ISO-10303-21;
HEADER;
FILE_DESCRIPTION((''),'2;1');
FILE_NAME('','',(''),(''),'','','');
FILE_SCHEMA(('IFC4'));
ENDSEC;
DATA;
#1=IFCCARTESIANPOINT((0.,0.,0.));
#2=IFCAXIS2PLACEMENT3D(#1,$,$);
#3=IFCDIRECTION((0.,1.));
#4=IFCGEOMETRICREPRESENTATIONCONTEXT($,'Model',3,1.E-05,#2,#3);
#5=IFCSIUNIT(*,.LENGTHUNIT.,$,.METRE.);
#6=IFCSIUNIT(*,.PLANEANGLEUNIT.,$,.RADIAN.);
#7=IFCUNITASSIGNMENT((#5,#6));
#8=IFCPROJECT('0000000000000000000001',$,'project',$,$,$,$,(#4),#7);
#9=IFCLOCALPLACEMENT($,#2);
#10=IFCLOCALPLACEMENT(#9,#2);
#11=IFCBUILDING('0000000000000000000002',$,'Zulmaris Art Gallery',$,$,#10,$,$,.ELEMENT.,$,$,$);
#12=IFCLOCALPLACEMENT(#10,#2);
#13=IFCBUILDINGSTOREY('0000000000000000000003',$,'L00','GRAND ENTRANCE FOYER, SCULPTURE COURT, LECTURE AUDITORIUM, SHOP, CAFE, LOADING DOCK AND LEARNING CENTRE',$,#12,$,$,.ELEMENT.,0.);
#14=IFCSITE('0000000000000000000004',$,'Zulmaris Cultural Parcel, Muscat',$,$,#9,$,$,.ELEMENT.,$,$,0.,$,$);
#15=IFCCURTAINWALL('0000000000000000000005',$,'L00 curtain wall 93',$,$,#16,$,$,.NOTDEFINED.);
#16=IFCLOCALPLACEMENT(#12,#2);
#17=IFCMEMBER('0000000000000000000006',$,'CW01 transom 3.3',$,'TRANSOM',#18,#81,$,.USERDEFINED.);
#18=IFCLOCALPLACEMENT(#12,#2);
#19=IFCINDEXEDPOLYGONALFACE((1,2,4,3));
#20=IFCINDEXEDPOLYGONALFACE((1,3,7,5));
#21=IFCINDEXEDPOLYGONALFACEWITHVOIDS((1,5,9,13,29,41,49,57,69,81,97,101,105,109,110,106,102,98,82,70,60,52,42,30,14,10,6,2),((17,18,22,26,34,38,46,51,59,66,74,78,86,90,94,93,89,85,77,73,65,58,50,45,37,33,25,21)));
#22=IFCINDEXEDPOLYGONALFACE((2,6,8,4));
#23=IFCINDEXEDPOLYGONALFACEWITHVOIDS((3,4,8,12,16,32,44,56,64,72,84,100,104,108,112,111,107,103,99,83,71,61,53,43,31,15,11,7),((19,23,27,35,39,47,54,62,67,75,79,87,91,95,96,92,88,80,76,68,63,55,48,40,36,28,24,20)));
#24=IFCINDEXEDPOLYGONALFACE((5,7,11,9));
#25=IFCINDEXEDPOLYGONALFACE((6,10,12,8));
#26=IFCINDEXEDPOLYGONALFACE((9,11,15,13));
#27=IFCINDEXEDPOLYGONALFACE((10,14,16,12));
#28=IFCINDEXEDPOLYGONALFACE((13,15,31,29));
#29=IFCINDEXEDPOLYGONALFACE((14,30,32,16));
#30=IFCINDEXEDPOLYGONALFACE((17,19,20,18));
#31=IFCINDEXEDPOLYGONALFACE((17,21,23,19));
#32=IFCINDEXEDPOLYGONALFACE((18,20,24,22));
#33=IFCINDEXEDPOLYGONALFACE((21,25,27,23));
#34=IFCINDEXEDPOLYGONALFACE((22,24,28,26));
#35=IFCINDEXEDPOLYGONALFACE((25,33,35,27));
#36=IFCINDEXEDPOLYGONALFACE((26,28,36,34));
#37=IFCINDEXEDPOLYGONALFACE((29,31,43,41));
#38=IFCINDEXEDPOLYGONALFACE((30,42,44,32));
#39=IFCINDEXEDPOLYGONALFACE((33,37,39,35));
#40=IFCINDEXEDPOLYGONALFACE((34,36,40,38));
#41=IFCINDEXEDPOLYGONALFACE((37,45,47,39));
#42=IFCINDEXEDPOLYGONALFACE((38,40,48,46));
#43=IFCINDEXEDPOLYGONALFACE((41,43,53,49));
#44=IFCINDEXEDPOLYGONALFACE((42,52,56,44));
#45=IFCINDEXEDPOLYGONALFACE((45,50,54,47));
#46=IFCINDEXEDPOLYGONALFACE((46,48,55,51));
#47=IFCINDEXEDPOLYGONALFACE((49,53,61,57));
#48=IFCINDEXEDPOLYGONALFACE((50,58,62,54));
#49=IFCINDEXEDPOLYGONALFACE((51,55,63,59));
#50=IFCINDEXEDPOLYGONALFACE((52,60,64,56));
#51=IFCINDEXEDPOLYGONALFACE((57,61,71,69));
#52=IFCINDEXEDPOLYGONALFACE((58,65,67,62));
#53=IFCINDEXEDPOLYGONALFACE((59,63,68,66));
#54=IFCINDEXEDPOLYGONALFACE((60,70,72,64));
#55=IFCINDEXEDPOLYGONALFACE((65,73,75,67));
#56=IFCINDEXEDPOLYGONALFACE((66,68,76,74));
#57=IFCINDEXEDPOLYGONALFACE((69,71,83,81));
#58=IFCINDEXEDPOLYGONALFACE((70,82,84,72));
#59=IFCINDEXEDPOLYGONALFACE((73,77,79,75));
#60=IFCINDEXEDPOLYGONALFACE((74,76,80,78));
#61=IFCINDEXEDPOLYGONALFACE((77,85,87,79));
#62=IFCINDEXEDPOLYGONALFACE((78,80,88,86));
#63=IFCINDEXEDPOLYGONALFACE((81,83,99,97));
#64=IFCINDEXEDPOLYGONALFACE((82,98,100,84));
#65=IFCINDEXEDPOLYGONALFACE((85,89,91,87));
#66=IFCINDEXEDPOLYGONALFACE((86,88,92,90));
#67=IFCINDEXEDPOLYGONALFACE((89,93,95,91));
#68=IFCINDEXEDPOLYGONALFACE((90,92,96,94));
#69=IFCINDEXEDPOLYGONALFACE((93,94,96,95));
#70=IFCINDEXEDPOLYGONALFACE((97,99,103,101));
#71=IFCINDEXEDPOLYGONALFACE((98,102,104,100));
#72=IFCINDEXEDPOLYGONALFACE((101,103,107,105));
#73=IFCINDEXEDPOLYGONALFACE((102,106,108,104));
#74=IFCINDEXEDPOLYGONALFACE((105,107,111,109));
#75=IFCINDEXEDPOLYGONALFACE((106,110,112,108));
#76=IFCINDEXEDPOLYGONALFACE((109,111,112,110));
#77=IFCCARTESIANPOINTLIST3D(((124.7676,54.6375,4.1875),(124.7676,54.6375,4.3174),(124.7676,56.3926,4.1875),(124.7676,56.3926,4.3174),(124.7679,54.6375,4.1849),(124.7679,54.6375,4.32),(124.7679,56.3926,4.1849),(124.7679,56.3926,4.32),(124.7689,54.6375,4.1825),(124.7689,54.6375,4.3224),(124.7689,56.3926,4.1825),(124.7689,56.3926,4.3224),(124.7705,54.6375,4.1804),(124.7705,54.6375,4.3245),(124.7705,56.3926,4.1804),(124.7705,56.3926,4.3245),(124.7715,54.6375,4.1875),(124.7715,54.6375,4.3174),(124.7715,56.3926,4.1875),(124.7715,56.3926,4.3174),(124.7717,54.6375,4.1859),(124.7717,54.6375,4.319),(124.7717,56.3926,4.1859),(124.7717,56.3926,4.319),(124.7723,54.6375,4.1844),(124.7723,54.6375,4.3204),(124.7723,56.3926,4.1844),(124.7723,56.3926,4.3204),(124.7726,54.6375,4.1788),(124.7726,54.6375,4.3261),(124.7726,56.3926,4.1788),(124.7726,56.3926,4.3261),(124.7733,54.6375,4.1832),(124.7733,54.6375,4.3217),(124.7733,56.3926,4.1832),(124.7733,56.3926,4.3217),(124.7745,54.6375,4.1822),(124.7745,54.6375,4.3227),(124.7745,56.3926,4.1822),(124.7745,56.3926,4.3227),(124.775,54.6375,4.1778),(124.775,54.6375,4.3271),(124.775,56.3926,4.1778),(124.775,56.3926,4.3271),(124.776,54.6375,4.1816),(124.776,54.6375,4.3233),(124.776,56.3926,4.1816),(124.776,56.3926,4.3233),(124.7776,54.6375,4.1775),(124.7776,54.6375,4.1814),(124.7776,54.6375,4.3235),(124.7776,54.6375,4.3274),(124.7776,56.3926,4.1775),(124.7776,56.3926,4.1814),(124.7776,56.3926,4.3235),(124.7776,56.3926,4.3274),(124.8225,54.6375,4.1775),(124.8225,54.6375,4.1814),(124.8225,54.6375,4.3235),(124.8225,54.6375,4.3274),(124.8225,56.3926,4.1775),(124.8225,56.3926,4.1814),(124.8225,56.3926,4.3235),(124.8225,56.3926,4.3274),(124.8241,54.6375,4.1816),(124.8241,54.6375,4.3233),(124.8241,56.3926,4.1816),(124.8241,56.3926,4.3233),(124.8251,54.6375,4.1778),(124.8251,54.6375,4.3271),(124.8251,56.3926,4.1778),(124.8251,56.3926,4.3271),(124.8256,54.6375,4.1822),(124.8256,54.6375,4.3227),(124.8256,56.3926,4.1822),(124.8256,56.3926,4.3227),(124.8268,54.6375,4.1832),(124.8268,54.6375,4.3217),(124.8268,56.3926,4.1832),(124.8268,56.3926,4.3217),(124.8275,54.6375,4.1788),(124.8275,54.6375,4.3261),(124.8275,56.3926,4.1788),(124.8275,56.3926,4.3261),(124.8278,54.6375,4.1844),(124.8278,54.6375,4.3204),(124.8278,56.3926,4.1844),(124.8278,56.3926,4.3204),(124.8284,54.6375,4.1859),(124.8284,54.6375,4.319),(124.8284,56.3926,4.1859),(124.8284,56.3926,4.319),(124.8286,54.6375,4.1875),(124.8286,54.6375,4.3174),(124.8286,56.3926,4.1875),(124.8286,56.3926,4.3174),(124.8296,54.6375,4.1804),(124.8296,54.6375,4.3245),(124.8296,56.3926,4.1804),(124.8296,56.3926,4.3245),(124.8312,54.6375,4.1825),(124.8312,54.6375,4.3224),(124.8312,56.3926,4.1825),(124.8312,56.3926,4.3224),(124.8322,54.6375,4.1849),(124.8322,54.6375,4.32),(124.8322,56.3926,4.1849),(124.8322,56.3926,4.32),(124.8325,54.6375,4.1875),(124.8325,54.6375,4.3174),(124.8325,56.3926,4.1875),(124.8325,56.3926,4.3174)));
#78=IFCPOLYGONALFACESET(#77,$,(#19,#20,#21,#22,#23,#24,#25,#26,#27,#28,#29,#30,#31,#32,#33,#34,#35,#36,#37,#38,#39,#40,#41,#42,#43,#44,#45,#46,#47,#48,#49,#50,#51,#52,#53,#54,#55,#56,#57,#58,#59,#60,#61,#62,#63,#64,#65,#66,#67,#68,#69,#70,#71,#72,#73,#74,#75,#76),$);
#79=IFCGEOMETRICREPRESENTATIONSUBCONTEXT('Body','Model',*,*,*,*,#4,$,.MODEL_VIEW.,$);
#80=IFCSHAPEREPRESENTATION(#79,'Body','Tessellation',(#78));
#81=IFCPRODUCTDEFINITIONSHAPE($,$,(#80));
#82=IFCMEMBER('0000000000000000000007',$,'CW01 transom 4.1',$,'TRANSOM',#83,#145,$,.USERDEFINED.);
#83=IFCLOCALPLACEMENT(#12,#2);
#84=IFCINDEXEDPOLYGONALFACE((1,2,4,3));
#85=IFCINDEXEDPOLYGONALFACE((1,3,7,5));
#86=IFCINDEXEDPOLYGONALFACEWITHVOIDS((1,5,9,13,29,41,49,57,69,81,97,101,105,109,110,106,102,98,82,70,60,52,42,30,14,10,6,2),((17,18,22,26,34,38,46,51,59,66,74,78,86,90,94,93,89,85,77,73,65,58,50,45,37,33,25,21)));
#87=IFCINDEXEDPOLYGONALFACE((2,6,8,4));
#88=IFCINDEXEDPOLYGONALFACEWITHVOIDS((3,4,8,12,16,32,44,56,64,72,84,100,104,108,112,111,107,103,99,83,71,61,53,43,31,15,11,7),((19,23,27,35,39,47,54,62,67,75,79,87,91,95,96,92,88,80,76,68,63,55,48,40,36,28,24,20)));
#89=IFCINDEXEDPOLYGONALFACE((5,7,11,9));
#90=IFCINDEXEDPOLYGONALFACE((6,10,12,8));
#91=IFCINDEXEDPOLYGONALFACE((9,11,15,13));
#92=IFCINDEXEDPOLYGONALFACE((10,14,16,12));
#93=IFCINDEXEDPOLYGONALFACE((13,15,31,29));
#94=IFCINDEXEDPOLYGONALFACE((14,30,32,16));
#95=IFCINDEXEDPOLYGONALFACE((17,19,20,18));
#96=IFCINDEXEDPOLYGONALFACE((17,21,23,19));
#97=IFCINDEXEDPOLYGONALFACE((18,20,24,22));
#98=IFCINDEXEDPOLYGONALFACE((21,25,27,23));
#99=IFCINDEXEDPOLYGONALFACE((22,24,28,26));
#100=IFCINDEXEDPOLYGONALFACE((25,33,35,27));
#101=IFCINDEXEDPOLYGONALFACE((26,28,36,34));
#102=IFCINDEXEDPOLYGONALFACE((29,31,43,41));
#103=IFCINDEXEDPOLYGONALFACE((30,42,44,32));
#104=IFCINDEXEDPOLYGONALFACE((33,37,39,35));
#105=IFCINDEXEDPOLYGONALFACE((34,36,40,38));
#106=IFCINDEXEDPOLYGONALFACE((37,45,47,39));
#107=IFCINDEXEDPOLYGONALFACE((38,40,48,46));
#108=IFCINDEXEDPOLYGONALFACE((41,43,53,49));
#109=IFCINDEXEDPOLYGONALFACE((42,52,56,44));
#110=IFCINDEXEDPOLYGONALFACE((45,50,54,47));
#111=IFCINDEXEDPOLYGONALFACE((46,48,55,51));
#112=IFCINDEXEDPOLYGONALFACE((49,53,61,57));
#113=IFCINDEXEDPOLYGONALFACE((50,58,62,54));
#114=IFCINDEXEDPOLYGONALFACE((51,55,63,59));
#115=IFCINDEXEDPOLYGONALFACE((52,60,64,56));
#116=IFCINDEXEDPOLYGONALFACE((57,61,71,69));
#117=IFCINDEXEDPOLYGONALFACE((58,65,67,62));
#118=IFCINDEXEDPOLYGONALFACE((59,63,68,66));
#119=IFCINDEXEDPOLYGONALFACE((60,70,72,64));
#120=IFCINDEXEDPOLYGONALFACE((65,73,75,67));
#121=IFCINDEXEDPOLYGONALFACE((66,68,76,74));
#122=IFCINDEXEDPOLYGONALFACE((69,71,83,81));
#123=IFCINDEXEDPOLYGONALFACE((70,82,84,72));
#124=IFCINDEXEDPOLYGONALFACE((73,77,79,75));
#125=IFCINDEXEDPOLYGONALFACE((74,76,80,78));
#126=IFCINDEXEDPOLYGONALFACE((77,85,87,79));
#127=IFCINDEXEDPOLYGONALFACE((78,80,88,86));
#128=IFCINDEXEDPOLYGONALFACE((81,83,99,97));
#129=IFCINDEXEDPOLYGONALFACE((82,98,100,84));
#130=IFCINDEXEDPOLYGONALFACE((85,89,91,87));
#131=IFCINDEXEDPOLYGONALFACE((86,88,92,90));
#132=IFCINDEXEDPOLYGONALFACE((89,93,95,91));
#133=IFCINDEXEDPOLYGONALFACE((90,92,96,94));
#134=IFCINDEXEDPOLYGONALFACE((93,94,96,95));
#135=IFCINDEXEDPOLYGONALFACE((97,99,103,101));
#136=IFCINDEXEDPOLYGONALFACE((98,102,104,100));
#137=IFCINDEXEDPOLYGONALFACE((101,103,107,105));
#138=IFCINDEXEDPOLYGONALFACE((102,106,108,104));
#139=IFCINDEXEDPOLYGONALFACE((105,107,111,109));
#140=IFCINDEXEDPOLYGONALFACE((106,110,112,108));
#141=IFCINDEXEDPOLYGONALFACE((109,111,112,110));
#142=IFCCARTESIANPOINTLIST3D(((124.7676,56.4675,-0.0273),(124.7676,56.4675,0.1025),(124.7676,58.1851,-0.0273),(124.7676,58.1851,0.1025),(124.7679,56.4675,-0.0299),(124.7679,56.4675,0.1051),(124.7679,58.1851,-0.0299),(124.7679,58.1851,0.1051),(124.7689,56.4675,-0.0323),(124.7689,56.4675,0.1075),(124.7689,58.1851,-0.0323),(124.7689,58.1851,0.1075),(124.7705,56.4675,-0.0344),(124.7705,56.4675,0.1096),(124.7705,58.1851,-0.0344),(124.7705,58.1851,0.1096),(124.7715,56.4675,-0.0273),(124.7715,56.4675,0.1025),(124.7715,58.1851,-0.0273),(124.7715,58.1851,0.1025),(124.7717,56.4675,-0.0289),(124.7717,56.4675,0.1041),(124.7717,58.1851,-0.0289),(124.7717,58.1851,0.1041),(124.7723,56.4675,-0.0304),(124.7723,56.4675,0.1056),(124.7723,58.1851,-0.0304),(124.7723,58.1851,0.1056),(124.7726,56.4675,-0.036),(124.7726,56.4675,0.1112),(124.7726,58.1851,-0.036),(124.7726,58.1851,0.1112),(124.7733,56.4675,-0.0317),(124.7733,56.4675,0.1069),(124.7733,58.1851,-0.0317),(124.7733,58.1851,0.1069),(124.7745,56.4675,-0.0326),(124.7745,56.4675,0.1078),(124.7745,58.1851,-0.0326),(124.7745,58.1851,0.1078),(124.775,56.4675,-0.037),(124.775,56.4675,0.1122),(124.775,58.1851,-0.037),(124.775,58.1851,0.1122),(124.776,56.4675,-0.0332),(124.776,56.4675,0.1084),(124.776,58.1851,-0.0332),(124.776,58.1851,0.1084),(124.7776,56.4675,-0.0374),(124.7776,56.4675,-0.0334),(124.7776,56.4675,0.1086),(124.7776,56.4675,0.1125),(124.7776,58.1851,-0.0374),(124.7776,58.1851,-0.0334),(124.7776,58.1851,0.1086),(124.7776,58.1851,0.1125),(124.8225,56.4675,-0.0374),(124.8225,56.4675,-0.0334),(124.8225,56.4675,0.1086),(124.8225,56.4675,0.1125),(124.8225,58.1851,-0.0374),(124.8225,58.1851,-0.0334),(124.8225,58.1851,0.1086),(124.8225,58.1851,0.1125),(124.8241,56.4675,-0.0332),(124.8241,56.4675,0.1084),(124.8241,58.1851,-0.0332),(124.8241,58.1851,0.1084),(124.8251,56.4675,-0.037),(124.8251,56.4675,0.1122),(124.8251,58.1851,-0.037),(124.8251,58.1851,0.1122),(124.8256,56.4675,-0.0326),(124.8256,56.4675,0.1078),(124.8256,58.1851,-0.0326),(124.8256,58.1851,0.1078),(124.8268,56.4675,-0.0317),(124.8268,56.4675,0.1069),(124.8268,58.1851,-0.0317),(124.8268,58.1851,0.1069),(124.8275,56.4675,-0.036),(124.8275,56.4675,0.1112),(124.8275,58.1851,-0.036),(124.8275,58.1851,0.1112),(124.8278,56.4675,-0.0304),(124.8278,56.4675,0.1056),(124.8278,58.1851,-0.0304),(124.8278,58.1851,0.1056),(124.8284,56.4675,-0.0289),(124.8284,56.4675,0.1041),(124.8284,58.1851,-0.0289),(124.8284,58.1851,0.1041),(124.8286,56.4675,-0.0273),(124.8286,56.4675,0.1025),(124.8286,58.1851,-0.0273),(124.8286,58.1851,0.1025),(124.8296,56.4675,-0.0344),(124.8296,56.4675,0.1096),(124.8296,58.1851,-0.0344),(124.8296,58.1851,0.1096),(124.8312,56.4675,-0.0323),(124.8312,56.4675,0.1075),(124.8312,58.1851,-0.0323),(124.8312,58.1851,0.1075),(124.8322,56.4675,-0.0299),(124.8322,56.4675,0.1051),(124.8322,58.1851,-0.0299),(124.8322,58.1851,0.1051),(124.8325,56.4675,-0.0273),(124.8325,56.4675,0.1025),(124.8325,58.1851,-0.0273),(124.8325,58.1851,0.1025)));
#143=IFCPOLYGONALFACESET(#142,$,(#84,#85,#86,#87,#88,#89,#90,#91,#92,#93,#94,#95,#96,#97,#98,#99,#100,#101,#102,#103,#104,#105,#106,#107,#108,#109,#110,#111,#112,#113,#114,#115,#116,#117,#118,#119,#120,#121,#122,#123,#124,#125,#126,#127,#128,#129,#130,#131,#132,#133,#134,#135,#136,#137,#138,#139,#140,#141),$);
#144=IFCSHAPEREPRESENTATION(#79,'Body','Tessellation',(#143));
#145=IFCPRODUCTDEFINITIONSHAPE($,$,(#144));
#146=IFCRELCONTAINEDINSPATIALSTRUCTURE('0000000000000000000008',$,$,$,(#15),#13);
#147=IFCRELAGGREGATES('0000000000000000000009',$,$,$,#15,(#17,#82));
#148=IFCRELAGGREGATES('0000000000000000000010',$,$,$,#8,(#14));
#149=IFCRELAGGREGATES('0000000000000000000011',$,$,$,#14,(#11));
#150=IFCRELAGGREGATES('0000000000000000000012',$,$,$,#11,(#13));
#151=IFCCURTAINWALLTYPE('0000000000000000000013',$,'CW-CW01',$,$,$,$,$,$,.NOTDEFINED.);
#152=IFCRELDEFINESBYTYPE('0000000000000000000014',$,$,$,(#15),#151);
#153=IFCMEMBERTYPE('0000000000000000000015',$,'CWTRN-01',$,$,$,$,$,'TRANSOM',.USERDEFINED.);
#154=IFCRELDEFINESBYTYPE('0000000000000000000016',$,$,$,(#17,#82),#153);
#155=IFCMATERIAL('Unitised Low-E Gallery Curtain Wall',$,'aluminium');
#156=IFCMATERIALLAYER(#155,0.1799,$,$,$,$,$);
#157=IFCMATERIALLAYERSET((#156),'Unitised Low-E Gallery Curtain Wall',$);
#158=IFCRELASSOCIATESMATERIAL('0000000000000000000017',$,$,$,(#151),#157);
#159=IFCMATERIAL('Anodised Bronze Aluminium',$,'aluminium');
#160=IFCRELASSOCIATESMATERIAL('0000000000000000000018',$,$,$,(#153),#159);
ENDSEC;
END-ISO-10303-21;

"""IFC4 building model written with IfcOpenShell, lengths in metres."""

from ifc_helpers import new_model, si_unit, direction, frame, origin, origin_2d, place, context, subcontext, project, spatial, hollow_rectangle, extrude, material, layer, layer_set, material_profile, profile_set, type_object, element, aggregate, save


model = new_model("IFC4")

# Units and contexts
model_context = context("Model", 3, precision=1e-05, world=origin(), true_north=direction((0.0, 1.0)))
body_context = subcontext(model_context, "Body", "Model", "MODEL_VIEW")
ifc_project = project(units=[si_unit("LENGTHUNIT", "METRE"), si_unit("PLANEANGLEUNIT", "RADIAN")], contexts=[model_context])

# Site, building, storey
site_placement = place(None, origin())
site = spatial("IfcSite", under=ifc_project, at=site_placement, Name="Zulmaris Cultural Parcel, Muscat", CompositionType="ELEMENT", RefElevation=0.0)
building_placement = place(site_placement, origin())
building = spatial("IfcBuilding", under=site, at=building_placement, Name="Zulmaris Art Gallery", CompositionType="ELEMENT")
storey_placement = place(building_placement, origin())
storey = spatial("IfcBuildingStorey", under=building, at=storey_placement, Name="L00", Description="GRAND ENTRANCE FOYER, SCULPTURE COURT, LECTURE AUDITORIUM, SHOP, CAFE, LOADING DOCK AND LEARNING CENTRE", CompositionType="ELEMENT", Elevation=0.0)

# Curtain wall
ifc_material_1 = material(Name="Unitised Low-E Gallery Curtain Wall", Category="aluminium")
ifc_layer_1 = layer(ifc_material_1, 0.1799)
ifc_layer_set_1 = layer_set([ifc_layer_1], Name="Unitised Low-E Gallery Curtain Wall")
curtain_wall_type = type_object("IfcCurtainWallType", Name="CW-CW01", PredefinedType="NOTDEFINED", material=ifc_layer_set_1)
ifc_material_2 = material(Name="Anodised Bronze Aluminium", Category="aluminium")
curtain_wall_1_placement = place(storey_placement, origin())
curtain_wall_1 = element("IfcCurtainWall", 1, at=curtain_wall_1_placement, inside=storey, type_object=curtain_wall_type, Name="L00 curtain wall 93", PredefinedType="NOTDEFINED")

# Members
ifc_material_profile_1 = material_profile(ifc_material_2, hollow_rectangle(XDim=0.0649, YDim=0.1499, WallThickness=0.0039, InnerFilletRadius=0.0061, OuterFilletRadius=0.01, at=origin_2d()), Name="ALU 65x150x4")
ifc_profile_set_1 = profile_set([ifc_material_profile_1], Name="Anodised Bronze Aluminium")
member_type_1 = type_object("IfcMemberType", Name="CWTRN-01", ElementType="TRANSOM", PredefinedType="USERDEFINED", material=ifc_profile_set_1)
member_1_placement = place(storey_placement, frame((124.8, 54.6375, 4.2524), z_axis=(0.0, 1.0, 0.0), x_axis=(-1.0, 0.0, 0.0)))
member_1 = element("IfcMember", 2, at=member_1_placement, type_object=member_type_1, Name="CW01 transom 3.3", ObjectType="TRANSOM", PredefinedType="USERDEFINED", context=body_context, shape_type="SweptSolid", body=[
    extrude(hollow_rectangle(XDim=0.0649, YDim=0.1499, WallThickness=0.0039, InnerFilletRadius=0.0061, OuterFilletRadius=0.01, at=origin_2d()), origin(), (0.0, 0.0, 1.0), 1.7551),
])
member_2_placement = place(storey_placement, frame((124.8, 56.4675, 0.0376), z_axis=(0.0, 1.0, 0.0), x_axis=(-1.0, 0.0, 0.0)))
member_2 = element("IfcMember", 3, at=member_2_placement, type_object=member_type_1, Name="CW01 transom 4.1", ObjectType="TRANSOM", PredefinedType="USERDEFINED", context=body_context, shape_type="SweptSolid", body=[
    extrude(hollow_rectangle(XDim=0.0649, YDim=0.1499, WallThickness=0.0039, InnerFilletRadius=0.0061, OuterFilletRadius=0.01, at=origin_2d()), origin(), (0.0, 0.0, 1.0), 1.7175),
])

aggregate(curtain_wall_1, [member_1, member_2])

save(model, "model.ifc")
